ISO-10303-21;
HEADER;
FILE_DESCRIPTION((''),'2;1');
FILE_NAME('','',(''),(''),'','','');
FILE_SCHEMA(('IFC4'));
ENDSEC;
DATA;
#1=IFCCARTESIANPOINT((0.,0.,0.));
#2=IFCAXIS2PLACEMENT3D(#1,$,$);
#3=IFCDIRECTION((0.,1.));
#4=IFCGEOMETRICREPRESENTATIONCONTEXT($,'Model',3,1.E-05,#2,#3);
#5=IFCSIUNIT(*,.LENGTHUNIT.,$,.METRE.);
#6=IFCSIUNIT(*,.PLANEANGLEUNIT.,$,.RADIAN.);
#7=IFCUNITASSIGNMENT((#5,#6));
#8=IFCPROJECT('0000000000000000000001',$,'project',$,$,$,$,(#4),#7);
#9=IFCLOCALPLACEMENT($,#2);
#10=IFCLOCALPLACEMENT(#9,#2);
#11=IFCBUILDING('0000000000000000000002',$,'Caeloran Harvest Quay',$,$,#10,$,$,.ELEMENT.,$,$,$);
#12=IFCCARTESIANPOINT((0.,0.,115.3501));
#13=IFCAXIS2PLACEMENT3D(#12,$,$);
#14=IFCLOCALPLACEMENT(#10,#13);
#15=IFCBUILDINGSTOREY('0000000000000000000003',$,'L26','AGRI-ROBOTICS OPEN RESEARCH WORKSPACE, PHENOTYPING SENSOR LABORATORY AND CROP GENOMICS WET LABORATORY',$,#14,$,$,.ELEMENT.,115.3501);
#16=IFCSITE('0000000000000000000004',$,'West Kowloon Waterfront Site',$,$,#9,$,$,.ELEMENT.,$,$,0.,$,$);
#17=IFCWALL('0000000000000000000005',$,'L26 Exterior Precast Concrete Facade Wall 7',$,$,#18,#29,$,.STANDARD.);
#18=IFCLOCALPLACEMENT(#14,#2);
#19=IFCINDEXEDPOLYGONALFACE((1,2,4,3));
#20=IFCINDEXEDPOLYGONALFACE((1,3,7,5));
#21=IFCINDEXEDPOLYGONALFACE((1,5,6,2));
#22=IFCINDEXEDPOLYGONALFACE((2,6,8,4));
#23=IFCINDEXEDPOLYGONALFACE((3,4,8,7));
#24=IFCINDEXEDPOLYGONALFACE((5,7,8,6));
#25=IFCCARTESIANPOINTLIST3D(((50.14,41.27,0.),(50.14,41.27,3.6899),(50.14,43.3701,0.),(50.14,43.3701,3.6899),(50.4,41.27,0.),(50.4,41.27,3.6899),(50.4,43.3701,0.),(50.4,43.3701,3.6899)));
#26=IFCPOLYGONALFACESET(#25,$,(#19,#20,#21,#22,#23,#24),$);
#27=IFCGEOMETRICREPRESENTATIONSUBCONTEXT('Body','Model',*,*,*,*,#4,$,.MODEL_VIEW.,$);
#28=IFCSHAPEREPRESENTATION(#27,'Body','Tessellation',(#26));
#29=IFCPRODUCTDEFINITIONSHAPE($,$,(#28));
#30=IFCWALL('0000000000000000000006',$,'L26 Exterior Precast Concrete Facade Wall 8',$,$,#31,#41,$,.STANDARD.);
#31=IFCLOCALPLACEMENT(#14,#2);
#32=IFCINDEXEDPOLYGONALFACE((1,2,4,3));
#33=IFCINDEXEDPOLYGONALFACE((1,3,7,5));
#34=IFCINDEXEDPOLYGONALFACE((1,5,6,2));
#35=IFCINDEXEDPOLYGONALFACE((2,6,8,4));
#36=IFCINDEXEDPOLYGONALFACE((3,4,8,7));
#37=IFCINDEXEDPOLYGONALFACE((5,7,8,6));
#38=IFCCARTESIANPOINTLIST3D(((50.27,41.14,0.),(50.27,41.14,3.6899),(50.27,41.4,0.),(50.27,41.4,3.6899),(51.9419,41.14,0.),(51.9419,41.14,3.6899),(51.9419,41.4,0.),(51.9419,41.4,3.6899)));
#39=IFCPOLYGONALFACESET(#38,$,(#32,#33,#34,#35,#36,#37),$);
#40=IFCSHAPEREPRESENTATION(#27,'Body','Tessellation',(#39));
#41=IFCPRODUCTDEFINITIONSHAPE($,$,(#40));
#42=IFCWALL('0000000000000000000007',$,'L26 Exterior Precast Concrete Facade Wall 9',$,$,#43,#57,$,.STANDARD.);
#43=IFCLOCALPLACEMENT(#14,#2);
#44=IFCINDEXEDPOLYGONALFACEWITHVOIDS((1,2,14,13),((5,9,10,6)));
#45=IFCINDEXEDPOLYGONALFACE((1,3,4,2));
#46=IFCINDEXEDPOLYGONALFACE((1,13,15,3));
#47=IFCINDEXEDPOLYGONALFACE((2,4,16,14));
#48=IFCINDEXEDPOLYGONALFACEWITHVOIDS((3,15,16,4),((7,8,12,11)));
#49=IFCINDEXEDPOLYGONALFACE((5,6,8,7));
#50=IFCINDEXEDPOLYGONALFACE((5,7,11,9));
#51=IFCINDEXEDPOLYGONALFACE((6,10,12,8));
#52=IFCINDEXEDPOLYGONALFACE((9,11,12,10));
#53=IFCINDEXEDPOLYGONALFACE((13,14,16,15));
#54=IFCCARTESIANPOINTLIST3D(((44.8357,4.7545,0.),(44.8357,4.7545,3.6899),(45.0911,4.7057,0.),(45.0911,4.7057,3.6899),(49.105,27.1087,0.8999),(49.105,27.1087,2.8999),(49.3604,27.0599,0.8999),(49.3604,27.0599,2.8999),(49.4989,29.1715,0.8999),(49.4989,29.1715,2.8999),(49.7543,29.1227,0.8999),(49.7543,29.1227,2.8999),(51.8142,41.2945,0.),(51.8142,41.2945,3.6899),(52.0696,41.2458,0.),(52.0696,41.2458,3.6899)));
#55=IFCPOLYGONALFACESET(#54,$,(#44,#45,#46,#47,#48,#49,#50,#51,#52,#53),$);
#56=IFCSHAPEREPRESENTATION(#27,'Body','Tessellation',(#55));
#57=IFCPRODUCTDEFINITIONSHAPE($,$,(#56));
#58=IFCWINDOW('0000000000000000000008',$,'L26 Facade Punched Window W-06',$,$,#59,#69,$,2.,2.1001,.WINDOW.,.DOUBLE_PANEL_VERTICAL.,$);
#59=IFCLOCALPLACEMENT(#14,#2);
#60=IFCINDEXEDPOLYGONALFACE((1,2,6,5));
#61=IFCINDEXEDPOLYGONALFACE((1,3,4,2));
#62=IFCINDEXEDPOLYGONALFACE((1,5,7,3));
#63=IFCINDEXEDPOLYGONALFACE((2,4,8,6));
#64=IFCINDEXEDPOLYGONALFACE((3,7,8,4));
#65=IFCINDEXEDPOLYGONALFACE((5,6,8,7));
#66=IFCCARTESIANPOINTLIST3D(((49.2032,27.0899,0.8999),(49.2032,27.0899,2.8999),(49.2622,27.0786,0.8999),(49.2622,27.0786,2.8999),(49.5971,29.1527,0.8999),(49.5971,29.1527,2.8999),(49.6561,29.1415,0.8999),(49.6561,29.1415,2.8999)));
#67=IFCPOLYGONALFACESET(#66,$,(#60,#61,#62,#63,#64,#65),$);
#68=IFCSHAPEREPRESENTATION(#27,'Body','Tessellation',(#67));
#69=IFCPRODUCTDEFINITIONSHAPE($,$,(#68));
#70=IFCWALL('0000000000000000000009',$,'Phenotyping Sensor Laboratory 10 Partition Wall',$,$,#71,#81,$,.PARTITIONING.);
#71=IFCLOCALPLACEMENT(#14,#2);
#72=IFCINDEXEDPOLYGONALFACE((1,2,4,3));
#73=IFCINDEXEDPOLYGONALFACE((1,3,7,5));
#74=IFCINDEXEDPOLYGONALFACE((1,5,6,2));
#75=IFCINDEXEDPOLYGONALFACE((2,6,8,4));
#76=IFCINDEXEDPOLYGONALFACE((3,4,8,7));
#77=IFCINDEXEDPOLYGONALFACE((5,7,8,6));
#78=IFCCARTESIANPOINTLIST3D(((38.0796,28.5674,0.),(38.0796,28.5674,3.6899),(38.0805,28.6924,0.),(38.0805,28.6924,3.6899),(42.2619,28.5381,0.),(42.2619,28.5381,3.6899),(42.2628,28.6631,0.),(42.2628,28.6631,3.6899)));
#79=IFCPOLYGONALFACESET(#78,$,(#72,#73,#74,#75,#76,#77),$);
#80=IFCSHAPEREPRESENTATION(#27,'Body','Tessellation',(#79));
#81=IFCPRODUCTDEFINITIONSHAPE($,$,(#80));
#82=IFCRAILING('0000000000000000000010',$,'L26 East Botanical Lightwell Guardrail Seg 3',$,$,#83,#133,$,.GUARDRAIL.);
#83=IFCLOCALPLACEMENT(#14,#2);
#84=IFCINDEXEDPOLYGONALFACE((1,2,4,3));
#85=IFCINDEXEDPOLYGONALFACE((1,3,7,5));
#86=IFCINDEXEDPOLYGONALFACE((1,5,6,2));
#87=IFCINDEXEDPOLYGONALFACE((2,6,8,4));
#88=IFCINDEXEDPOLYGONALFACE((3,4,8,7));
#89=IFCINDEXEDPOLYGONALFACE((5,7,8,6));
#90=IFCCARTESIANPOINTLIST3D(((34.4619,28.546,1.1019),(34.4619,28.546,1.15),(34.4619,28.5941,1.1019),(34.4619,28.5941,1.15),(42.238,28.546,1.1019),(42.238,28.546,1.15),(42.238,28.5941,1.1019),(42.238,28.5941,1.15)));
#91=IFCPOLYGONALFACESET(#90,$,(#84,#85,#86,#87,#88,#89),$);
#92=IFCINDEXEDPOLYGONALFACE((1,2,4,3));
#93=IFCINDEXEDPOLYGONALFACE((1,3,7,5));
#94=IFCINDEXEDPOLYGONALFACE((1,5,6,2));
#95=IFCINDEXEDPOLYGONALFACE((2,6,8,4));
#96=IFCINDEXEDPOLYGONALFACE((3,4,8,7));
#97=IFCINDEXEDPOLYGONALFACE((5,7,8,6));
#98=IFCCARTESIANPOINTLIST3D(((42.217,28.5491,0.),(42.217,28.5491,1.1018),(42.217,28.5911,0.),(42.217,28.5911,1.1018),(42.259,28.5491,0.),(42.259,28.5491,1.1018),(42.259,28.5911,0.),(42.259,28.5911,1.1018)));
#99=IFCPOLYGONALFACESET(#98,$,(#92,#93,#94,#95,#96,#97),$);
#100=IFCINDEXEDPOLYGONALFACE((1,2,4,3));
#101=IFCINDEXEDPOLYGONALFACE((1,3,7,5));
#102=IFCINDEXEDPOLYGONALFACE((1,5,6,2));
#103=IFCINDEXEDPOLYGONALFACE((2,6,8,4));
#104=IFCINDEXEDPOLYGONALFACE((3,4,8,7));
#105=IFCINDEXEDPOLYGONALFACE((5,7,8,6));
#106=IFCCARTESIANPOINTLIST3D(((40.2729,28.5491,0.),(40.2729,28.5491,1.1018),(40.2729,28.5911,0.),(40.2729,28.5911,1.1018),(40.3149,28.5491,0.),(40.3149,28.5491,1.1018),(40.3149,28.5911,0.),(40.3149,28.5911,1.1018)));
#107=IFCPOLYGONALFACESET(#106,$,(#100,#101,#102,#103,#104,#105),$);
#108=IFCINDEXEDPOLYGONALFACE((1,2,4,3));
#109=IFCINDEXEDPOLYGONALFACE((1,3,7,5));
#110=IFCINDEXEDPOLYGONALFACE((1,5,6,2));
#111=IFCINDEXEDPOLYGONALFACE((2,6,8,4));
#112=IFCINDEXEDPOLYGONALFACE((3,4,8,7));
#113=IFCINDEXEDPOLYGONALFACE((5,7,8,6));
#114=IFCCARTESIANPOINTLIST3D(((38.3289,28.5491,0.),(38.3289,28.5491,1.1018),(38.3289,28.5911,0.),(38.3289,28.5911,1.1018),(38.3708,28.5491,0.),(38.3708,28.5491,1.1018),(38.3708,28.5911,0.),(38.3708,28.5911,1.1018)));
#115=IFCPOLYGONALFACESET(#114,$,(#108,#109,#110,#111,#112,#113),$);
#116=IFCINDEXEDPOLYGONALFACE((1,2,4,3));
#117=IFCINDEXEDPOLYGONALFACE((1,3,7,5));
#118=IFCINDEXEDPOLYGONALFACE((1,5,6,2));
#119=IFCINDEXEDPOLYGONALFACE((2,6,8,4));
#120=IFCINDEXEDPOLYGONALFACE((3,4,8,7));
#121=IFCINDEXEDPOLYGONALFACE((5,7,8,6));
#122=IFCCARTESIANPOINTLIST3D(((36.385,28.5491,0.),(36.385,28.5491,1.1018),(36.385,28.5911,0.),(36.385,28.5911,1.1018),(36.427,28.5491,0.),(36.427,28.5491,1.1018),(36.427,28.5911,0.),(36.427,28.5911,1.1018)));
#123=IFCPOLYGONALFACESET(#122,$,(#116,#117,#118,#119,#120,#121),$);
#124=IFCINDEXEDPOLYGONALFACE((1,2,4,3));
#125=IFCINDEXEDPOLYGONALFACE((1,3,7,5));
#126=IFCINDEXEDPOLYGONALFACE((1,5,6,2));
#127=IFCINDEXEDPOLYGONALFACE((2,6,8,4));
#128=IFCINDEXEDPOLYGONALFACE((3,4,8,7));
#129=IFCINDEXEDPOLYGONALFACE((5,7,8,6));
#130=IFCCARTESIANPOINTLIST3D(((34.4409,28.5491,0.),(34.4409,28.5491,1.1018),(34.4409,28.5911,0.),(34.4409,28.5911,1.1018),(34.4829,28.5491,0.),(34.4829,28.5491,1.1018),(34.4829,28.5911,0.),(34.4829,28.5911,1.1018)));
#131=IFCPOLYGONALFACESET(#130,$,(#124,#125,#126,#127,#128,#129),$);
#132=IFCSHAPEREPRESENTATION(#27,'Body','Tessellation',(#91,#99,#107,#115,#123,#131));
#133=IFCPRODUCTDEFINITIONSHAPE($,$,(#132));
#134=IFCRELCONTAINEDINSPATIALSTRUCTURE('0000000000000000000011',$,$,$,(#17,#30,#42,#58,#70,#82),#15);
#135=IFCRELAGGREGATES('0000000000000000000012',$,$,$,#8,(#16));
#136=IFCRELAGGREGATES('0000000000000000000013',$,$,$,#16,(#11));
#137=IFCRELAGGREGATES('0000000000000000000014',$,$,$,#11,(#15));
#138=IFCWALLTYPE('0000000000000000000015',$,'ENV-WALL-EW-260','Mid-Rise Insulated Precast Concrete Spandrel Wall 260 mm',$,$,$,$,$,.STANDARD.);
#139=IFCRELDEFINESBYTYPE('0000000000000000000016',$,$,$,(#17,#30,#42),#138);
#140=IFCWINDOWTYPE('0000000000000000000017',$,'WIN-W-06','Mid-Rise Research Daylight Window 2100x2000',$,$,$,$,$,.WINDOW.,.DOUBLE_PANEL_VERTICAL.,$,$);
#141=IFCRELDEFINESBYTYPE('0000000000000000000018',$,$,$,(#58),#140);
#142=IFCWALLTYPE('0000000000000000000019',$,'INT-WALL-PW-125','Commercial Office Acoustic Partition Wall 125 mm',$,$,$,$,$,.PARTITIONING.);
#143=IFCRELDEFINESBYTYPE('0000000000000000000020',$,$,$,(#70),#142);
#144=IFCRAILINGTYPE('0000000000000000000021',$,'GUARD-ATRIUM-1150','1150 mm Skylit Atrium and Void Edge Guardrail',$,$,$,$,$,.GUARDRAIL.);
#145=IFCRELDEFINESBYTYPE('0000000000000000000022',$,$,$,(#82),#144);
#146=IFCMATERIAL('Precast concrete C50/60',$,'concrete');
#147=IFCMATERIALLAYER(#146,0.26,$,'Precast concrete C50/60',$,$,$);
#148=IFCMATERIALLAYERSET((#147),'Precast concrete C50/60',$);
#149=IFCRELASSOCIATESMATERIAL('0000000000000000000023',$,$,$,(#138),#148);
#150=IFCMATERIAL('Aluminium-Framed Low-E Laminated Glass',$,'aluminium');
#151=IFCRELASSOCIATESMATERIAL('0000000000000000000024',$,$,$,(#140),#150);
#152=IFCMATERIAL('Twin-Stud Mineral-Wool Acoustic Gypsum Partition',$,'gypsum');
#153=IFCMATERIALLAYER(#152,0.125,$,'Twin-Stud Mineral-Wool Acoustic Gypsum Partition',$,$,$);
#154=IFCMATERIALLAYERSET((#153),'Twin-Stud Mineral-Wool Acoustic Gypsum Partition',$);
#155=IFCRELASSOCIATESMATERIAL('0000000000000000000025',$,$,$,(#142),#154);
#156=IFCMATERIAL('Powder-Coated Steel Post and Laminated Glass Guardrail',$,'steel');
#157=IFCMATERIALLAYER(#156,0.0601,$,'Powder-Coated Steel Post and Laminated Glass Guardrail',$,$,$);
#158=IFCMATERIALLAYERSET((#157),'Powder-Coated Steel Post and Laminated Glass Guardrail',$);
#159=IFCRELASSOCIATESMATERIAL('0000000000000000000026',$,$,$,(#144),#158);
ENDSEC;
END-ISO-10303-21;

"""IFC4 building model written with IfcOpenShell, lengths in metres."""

from ifc_helpers import new_model, si_unit, direction, frame, frame_2d, origin, origin_2d, place, context, subcontext, project, spatial, rectangle, extrude, material, layer, layer_set, type_object, element, fill, save


model = new_model("IFC4")

# Units and contexts
model_context = context("Model", 3, precision=1e-05, world=origin(), true_north=direction((0.0, 1.0)))
body_context = subcontext(model_context, "Body", "Model", "MODEL_VIEW")
ifc_project = project(units=[si_unit("LENGTHUNIT", "METRE"), si_unit("PLANEANGLEUNIT", "RADIAN")], contexts=[model_context])

# Site, building, storey
site_placement = place(None, origin())
site = spatial("IfcSite", under=ifc_project, at=site_placement, Name="West Kowloon Waterfront Site", CompositionType="ELEMENT", RefElevation=0.0)
building_placement = place(site_placement, origin())
building = spatial("IfcBuilding", under=site, at=building_placement, Name="Caeloran Harvest Quay", CompositionType="ELEMENT")
storey_placement = place(building_placement, frame((0.0, 0.0, 115.3501)))
storey = spatial("IfcBuildingStorey", under=building, at=storey_placement, Name="L26", Description="AGRI-ROBOTICS OPEN RESEARCH WORKSPACE, PHENOTYPING SENSOR LABORATORY AND CROP GENOMICS WET LABORATORY", CompositionType="ELEMENT", Elevation=115.3501)

# Walls
ifc_material_1 = material(Name="Precast concrete C50/60", Category="concrete")
ifc_layer_1 = layer(ifc_material_1, 0.26, Name="Precast concrete C50/60")
ifc_layer_set_1 = layer_set([ifc_layer_1], Name="Precast concrete C50/60")
wall_type_1 = type_object("IfcWallType", Name="ENV-WALL-EW-260", Description="Mid-Rise Insulated Precast Concrete Spandrel Wall 260 mm", PredefinedType="STANDARD", material=ifc_layer_set_1)
wall_1_placement = place(storey_placement, frame((50.27, 43.3701, 0.0), z_axis=(0.0, 0.0, 1.0), x_axis=(0.0, -1.0, 0.0)))
element("IfcWall", 1, at=wall_1_placement, inside=storey, type_object=wall_type_1, Name="L26 Exterior Precast Concrete Facade Wall 7", PredefinedType="STANDARD", context=body_context, shape_type="SweptSolid", body=[
    extrude(rectangle(XDim=2.1001, YDim=0.26, at=frame_2d((1.05, 0.0))), origin(), (0.0, 0.0, 1.0), 3.6899),
])
wall_2_placement = place(storey_placement, frame((50.27, 41.27, 0.0), z_axis=(0.0, 0.0, 1.0), x_axis=(1.0, 0.0, 0.0)))
element("IfcWall", 2, at=wall_2_placement, inside=storey, type_object=wall_type_1, Name="L26 Exterior Precast Concrete Facade Wall 8", PredefinedType="STANDARD", context=body_context, shape_type="SweptSolid", body=[
    extrude(rectangle(XDim=1.6719, YDim=0.26, at=frame_2d((0.8359, 0.0))), origin(), (0.0, 0.0, 1.0), 3.6899),
])

# Wall, opening, window
wall_3_placement = place(storey_placement, frame((51.9419, 41.27, 0.0), z_axis=(0.0, 0.0, 1.0), x_axis=(-0.187592, -0.982247, 0.0)))
wall_3 = element("IfcWall", 3, at=wall_3_placement, inside=storey, type_object=wall_type_1, Name="L26 Exterior Precast Concrete Facade Wall 9", PredefinedType="STANDARD", context=body_context, shape_type="SweptSolid", body=[
    extrude(rectangle(XDim=37.2004, YDim=0.26, at=frame_2d((18.6001, 0.0))), origin(), (0.0, 0.0, 1.0), 3.6899),
])
opening_placement = place(wall_3_placement, frame((12.342, 0.0, 0.8999)))
opening = element("IfcOpeningElement", 4, at=opening_placement, cuts=wall_3, PredefinedType="OPENING", context=body_context, shape_type="SweptSolid", body=[
    extrude(rectangle(XDim=2.1001, YDim=2.0, at=frame_2d((1.05, 1.0))), frame((0.0, 0.1401, 0.0), z_axis=(0.0, -1.0, 0.0), x_axis=(1.0, 0.0, 0.0)), (0.0, 0.0, 1.0), 0.28),
])
ifc_material_2 = material(Name="Aluminium-Framed Low-E Laminated Glass", Category="aluminium")
window_type = type_object("IfcWindowType", Name="WIN-W-06", Description="Mid-Rise Research Daylight Window 2100x2000", PartitioningType="DOUBLE_PANEL_VERTICAL", PredefinedType="WINDOW", material=ifc_material_2)
window_placement = place(opening_placement, origin())
window = element("IfcWindow", 5, at=window_placement, inside=storey, type_object=window_type, Name="L26 Facade Punched Window W-06", OverallHeight=2.0, OverallWidth=2.1001, PartitioningType="DOUBLE_PANEL_VERTICAL", PredefinedType="WINDOW", context=body_context, shape_type="SweptSolid", body=[
    extrude(rectangle(XDim=2.1001, YDim=2.0, at=frame_2d((1.05, 1.0))), frame((0.0, 0.03, 0.0), z_axis=(0.0, -1.0, 0.0), x_axis=(1.0, 0.0, 0.0)), (0.0, 0.0, 1.0), 0.0601),
])
fill(opening, window)

# Wall
ifc_material_3 = material(Name="Twin-Stud Mineral-Wool Acoustic Gypsum Partition", Category="gypsum")
ifc_layer_2 = layer(ifc_material_3, 0.125, Name="Twin-Stud Mineral-Wool Acoustic Gypsum Partition")
ifc_layer_set_2 = layer_set([ifc_layer_2], Name="Twin-Stud Mineral-Wool Acoustic Gypsum Partition")
wall_type_2 = type_object("IfcWallType", Name="INT-WALL-PW-125", Description="Commercial Office Acoustic Partition Wall 125 mm", PredefinedType="PARTITIONING", material=ifc_layer_set_2)
wall_4_placement = place(storey_placement, frame((42.2625, 28.6006, 0.0), z_axis=(0.0, 0.0, 1.0), x_axis=(-0.999975, 0.007005, 0.0)))
element("IfcWall", 6, at=wall_4_placement, inside=storey, type_object=wall_type_2, Name="Phenotyping Sensor Laboratory 10 Partition Wall", PredefinedType="PARTITIONING", context=body_context, shape_type="SweptSolid", body=[
    extrude(rectangle(XDim=4.1824, YDim=0.125, at=frame_2d((2.0913, 0.0))), origin(), (0.0, 0.0, 1.0), 3.6899),
])

# Railing
ifc_material_4 = material(Name="Powder-Coated Steel Post and Laminated Glass Guardrail", Category="steel")
ifc_layer_3 = layer(ifc_material_4, 0.0601, Name="Powder-Coated Steel Post and Laminated Glass Guardrail")
ifc_layer_set_3 = layer_set([ifc_layer_3], Name="Powder-Coated Steel Post and Laminated Glass Guardrail")
railing_type = type_object("IfcRailingType", Name="GUARD-ATRIUM-1150", Description="1150 mm Skylit Atrium and Void Edge Guardrail", PredefinedType="GUARDRAIL", material=ifc_layer_set_3)
railing_placement = place(storey_placement, frame((42.238, 28.5701, 0.0)))
element("IfcRailing", 7, at=railing_placement, inside=storey, type_object=railing_type, Name="L26 East Botanical Lightwell Guardrail Seg 3", PredefinedType="GUARDRAIL", context=body_context, shape_type="SweptSolid", body=[
    extrude(rectangle(XDim=0.0481, YDim=0.0481, at=origin_2d()), frame((0.0, 0.0, 1.126), z_axis=(-1.0, 0.0, 0.0), x_axis=(0.0, -1.0, 0.0)), (0.0, 0.0, 1.0), 7.7761),
    extrude(rectangle(XDim=0.042, YDim=0.042, at=origin_2d()), origin(), (0.0, 0.0, 1.0), 1.1018),
    extrude(rectangle(XDim=0.042, YDim=0.042, at=origin_2d()), frame((-1.9441, 0.0, 0.0)), (0.0, 0.0, 1.0), 1.1018),
    extrude(rectangle(XDim=0.042, YDim=0.042, at=origin_2d()), frame((-3.8882, 0.0, 0.0)), (0.0, 0.0, 1.0), 1.1018),
    extrude(rectangle(XDim=0.042, YDim=0.042, at=origin_2d()), frame((-5.832, 0.0, 0.0)), (0.0, 0.0, 1.0), 1.1018),
    extrude(rectangle(XDim=0.042, YDim=0.042, at=origin_2d()), frame((-7.7761, 0.0, 0.0)), (0.0, 0.0, 1.0), 1.1018),
])

save(model, "model.ifc")
